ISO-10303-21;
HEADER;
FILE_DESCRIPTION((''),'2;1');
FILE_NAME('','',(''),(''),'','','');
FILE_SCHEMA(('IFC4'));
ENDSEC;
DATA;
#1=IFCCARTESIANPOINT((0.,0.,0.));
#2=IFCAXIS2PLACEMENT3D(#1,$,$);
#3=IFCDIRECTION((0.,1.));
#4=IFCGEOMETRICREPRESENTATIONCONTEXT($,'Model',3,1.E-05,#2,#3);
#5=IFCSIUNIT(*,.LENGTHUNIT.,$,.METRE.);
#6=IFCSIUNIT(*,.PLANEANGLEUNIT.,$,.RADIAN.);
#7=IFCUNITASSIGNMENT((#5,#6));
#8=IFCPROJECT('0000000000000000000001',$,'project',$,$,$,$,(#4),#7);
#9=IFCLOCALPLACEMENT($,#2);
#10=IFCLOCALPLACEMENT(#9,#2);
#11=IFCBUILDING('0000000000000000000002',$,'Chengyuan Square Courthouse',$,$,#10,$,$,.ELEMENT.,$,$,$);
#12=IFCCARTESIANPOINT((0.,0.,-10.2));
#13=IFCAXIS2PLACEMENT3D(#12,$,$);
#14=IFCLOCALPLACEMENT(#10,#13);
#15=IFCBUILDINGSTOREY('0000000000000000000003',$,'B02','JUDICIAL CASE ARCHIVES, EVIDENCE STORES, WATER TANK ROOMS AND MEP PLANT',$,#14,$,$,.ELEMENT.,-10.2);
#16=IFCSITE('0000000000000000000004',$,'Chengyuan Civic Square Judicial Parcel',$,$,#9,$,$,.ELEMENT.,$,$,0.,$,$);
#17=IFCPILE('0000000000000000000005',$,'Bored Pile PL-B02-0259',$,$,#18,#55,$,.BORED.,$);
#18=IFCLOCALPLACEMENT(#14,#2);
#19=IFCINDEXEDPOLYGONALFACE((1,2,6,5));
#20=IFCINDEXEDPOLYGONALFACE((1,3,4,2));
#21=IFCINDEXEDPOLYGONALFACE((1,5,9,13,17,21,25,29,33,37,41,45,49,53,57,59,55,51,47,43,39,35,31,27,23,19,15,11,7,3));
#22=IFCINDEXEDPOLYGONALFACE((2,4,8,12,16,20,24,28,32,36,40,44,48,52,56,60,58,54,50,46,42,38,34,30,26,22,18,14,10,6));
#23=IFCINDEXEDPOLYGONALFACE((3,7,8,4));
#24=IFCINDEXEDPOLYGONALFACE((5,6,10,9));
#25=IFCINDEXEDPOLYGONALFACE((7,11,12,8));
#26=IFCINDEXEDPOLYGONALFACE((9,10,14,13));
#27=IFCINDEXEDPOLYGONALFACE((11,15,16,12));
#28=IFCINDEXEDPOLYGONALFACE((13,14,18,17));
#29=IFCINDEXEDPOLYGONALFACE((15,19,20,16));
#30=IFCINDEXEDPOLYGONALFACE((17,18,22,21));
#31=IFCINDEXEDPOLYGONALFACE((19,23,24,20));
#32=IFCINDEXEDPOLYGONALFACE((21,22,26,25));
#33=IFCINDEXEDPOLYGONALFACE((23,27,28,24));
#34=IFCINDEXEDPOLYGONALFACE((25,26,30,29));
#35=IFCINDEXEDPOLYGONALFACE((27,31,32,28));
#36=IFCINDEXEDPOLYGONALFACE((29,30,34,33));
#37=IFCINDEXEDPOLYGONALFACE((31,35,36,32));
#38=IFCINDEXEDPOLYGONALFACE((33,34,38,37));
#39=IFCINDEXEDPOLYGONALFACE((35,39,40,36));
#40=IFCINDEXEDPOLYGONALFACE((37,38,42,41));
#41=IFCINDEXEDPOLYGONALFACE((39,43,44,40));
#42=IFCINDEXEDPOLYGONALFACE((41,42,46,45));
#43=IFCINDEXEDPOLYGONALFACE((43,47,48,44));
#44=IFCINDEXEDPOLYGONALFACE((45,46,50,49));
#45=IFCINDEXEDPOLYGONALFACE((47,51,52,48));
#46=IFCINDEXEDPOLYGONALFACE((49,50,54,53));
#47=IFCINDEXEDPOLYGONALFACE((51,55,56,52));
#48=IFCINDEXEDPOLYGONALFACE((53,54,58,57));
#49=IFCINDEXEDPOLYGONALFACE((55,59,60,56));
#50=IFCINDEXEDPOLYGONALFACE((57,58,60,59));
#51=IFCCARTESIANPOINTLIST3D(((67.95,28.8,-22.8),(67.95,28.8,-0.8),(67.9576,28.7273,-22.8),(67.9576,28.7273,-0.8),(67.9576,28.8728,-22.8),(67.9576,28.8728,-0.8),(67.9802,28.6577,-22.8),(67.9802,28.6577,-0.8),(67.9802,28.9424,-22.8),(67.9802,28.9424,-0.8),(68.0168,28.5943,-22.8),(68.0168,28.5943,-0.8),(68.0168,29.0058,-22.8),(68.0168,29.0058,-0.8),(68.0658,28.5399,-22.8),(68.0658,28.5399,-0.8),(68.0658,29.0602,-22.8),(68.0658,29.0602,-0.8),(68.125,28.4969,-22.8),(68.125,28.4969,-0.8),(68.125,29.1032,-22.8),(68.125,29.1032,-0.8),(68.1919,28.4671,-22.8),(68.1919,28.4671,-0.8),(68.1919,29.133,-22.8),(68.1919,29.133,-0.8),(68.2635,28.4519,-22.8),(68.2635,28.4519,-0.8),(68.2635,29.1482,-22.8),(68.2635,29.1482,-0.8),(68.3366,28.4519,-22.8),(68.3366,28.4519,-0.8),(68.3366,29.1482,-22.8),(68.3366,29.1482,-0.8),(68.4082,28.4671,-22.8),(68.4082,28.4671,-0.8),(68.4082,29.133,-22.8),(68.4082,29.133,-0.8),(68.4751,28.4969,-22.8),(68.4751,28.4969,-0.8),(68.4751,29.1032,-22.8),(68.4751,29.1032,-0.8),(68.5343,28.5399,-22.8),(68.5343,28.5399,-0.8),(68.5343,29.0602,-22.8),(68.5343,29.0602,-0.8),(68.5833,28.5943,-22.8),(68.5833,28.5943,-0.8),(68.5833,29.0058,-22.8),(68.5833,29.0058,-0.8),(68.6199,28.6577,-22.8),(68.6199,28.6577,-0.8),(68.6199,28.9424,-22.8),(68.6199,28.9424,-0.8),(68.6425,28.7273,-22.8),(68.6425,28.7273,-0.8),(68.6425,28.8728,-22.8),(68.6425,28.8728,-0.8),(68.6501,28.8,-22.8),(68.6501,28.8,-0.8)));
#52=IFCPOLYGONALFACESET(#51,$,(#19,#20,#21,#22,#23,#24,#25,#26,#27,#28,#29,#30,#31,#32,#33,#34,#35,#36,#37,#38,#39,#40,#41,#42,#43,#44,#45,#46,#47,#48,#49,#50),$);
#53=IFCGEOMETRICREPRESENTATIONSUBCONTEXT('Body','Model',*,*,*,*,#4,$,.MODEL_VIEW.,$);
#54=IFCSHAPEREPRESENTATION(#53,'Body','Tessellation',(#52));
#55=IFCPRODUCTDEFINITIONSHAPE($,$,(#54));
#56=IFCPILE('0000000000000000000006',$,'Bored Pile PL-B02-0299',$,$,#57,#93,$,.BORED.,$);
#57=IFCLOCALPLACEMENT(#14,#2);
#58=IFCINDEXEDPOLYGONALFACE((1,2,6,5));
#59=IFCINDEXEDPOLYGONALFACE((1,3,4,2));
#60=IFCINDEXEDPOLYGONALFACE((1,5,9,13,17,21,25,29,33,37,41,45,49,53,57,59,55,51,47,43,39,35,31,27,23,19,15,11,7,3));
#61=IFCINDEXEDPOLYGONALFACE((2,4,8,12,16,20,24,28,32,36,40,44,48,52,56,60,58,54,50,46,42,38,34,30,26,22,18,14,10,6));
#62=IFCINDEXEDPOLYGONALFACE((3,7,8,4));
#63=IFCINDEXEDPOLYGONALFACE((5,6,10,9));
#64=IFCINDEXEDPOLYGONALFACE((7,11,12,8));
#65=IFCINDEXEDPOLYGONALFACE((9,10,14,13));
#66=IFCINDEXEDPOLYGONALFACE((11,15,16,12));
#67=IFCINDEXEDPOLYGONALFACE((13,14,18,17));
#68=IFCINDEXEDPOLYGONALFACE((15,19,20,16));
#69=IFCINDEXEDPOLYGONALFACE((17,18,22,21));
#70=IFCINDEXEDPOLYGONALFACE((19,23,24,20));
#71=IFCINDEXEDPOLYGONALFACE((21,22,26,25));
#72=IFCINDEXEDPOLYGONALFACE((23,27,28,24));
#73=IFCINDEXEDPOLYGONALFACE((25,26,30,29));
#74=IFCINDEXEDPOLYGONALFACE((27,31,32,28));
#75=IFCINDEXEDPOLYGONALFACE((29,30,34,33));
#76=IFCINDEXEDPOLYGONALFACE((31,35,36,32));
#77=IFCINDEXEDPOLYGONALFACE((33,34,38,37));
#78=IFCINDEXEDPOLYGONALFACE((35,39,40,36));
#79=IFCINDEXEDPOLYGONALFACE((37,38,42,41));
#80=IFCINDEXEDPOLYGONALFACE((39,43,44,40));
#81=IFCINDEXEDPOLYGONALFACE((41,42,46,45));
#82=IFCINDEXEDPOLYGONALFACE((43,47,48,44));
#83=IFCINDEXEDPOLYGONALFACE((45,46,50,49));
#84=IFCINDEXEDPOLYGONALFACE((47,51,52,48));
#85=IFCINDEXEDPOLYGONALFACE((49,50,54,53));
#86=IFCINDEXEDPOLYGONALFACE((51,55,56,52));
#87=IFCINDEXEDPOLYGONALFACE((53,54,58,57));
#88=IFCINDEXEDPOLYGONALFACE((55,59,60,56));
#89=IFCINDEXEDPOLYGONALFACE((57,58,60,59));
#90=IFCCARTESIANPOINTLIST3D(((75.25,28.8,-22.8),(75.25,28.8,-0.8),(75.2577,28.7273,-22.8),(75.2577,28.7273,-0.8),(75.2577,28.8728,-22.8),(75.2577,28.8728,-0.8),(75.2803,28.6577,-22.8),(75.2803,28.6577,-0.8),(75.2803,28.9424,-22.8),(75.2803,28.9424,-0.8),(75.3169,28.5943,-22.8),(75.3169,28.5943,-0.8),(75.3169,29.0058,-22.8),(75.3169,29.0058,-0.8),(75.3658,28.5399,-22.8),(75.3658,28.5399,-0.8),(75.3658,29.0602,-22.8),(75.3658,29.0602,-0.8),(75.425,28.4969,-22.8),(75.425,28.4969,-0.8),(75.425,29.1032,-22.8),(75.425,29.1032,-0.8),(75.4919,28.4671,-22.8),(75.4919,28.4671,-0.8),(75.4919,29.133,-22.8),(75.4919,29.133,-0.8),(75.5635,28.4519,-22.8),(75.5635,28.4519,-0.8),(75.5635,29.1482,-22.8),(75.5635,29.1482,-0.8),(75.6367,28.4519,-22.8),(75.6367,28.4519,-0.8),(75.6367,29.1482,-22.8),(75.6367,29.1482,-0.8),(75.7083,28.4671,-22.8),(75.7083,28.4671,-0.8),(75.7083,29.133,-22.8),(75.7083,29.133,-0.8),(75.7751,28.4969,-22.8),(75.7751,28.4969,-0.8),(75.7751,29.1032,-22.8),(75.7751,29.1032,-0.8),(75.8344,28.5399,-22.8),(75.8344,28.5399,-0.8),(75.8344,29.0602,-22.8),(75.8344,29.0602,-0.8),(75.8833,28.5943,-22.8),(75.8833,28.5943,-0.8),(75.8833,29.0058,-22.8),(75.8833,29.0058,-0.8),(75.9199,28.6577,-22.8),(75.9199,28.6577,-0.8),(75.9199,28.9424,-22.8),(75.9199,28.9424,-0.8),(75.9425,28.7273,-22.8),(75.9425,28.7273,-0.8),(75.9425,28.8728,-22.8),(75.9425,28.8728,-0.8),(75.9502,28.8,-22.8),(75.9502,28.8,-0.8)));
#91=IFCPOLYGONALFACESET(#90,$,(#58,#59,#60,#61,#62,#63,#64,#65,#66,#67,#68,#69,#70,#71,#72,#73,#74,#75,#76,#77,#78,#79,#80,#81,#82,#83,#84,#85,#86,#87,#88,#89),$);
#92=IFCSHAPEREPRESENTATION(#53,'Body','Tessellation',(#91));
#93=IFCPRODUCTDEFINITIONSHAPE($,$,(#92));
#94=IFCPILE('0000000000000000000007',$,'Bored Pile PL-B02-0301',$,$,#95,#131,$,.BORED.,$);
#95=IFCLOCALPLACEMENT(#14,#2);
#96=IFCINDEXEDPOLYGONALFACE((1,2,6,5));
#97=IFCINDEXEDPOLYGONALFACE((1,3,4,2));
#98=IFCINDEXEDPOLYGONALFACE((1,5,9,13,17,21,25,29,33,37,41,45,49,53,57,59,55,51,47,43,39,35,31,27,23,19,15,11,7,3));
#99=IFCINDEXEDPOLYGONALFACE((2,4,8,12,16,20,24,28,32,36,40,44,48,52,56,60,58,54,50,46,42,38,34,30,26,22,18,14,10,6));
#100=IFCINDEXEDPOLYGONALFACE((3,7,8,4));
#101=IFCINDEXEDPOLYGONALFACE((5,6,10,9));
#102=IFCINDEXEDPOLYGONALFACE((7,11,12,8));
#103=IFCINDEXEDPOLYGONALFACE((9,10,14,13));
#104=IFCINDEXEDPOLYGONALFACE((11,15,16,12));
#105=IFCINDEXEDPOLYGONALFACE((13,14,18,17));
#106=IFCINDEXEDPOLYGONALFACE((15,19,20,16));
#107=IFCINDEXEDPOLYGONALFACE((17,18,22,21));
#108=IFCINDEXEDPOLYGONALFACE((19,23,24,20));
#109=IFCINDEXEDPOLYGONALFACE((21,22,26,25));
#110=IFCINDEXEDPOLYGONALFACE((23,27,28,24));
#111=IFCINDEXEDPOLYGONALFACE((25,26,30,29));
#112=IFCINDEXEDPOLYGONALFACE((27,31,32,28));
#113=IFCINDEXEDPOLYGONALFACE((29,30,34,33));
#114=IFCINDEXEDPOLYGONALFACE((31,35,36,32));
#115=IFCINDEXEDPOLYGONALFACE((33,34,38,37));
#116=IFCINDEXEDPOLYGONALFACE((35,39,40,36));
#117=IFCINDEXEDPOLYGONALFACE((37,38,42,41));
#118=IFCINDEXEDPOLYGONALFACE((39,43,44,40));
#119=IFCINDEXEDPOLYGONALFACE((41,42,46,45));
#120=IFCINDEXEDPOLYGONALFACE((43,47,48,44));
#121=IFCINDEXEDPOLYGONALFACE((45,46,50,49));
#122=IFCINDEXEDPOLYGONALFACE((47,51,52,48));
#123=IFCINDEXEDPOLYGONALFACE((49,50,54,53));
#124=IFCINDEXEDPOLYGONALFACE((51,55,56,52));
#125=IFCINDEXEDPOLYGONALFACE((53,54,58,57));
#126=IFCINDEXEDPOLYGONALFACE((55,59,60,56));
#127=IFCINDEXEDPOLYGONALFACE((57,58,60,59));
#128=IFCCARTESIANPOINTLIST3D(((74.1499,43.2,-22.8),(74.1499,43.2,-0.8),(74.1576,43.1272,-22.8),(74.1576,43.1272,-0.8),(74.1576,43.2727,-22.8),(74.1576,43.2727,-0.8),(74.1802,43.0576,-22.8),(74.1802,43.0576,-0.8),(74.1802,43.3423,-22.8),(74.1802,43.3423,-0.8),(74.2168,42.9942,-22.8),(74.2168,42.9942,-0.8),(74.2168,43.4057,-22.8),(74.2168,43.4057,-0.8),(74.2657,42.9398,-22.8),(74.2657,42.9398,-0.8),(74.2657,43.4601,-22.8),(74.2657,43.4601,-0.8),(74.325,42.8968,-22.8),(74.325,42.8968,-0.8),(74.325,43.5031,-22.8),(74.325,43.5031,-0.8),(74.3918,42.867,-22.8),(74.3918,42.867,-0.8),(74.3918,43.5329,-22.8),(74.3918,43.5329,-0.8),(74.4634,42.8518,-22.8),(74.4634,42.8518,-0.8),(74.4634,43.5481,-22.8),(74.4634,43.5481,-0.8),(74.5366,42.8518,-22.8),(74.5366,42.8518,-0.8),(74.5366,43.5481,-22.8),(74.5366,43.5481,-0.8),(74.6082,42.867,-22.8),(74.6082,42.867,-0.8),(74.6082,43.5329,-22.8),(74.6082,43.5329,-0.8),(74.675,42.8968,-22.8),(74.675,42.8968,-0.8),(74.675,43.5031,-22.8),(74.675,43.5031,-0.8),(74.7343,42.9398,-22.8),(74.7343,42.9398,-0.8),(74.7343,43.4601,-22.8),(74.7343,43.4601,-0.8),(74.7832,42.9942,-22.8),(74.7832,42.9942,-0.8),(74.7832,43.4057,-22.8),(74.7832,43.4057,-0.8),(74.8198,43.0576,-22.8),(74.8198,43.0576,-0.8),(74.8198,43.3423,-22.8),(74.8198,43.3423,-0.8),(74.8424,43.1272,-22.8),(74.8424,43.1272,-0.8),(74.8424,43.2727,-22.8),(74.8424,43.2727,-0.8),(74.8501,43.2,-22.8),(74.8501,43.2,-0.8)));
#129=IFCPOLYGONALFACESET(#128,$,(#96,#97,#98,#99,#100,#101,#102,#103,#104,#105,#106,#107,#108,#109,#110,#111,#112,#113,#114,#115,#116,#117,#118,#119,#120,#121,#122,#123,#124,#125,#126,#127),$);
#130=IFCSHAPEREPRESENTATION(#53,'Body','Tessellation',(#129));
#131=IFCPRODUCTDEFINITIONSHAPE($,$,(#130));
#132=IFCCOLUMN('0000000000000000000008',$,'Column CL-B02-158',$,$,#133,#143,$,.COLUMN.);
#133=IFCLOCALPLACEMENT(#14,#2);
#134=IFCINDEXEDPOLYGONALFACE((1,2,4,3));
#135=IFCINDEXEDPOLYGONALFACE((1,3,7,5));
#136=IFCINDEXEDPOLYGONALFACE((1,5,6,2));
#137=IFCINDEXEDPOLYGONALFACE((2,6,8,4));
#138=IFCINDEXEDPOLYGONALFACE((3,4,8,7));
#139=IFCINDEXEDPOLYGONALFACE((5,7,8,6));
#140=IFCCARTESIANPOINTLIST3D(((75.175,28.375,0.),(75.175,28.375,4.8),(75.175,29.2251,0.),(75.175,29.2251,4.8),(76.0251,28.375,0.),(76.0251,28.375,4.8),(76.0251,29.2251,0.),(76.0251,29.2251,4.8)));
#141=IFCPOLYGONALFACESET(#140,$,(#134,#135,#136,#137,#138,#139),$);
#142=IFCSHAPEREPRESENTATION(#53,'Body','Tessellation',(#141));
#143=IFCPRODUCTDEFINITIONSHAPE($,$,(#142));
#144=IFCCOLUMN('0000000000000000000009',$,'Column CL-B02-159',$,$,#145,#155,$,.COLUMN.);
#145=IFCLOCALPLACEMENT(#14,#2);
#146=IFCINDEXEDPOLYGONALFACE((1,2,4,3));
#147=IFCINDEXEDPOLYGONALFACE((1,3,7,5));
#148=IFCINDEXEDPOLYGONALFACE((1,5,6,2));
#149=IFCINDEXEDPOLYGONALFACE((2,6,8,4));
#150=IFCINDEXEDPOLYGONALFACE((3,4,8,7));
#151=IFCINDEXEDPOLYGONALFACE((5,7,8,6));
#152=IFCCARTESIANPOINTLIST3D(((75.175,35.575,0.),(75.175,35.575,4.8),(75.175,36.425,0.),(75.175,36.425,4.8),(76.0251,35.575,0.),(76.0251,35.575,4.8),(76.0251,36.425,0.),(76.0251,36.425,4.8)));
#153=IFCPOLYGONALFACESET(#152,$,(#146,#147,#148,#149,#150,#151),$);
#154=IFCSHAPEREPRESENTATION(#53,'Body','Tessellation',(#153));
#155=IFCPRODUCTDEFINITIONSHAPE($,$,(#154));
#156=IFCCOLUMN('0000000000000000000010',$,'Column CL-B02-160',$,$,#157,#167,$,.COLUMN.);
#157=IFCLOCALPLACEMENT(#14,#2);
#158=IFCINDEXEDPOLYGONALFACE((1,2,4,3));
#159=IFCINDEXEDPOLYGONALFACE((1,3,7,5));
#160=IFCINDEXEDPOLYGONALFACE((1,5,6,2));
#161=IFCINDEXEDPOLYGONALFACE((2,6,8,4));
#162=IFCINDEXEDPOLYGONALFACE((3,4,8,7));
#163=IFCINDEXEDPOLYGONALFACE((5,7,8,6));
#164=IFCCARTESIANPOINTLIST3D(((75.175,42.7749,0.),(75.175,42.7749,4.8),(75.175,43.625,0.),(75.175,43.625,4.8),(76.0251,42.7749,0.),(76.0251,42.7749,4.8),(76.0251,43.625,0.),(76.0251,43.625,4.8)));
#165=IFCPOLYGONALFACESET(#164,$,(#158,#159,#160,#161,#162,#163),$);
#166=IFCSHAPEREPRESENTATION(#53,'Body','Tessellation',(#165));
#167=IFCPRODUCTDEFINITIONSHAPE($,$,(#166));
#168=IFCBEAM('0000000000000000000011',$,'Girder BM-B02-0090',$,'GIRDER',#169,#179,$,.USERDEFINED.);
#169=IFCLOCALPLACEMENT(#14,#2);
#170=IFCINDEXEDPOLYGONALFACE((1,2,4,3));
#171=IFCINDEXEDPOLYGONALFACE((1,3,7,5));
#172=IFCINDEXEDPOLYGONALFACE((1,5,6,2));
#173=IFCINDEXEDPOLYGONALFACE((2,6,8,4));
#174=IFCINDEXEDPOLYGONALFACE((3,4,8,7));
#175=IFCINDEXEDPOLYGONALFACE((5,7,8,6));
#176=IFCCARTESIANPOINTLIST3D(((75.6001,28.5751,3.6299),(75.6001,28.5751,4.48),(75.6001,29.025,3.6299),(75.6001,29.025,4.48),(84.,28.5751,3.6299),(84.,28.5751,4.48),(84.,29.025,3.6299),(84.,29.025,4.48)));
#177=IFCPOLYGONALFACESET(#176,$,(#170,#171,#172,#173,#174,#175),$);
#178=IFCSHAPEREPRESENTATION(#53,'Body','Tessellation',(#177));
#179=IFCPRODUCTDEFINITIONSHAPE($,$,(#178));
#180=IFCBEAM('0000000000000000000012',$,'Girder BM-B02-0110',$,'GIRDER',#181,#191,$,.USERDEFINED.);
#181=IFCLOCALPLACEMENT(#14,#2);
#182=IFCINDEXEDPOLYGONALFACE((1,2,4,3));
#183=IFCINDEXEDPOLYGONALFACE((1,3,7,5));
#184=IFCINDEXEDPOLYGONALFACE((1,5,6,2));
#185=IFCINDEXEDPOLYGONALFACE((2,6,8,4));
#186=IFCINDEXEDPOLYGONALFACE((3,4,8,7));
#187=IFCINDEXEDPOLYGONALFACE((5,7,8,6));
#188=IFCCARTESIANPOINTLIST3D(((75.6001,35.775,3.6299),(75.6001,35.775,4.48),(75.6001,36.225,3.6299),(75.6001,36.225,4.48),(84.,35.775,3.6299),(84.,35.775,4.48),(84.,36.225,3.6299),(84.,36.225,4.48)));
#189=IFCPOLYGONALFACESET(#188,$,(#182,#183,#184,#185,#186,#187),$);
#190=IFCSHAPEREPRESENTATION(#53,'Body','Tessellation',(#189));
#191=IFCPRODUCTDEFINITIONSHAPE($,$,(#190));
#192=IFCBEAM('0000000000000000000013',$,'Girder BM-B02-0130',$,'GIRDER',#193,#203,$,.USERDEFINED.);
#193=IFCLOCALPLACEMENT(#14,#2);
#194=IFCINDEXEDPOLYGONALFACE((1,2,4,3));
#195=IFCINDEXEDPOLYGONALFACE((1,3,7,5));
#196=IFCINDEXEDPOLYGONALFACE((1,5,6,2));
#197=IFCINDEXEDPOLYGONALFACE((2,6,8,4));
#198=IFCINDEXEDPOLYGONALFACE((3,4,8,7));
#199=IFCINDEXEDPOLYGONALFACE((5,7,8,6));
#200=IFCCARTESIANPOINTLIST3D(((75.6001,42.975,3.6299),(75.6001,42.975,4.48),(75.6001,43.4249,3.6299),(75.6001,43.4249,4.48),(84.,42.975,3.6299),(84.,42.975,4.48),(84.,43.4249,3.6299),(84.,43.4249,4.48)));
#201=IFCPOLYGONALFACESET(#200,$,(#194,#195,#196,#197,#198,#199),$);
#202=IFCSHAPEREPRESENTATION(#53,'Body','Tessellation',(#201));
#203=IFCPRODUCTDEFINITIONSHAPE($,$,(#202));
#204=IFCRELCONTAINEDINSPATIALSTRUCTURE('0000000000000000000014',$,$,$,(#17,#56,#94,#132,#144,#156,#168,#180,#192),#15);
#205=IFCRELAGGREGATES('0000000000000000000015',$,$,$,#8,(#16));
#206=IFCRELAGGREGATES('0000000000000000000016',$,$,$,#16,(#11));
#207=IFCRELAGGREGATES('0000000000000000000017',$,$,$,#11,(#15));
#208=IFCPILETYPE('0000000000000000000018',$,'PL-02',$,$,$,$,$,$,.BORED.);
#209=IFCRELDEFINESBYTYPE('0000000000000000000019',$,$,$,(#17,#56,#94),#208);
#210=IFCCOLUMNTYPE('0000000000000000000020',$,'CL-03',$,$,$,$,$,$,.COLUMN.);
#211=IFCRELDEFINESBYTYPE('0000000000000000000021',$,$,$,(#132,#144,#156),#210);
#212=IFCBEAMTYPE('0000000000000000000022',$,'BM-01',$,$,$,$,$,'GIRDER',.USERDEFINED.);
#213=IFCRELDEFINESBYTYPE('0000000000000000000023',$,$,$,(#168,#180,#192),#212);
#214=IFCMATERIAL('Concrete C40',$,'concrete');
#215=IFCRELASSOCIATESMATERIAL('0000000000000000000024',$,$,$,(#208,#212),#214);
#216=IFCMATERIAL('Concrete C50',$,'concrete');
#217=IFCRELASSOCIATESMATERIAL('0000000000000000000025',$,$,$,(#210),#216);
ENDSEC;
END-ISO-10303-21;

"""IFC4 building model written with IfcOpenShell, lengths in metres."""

from ifc_helpers import new_model, si_unit, direction, frame, origin, origin_2d, place, context, subcontext, project, spatial, rectangle, circle, extrude, material, material_profile, profile_set, type_object, element, save


model = new_model("IFC4")

# Units and contexts
model_context = context("Model", 3, precision=1e-05, world=origin(), true_north=direction((0.0, 1.0)))
body_context = subcontext(model_context, "Body", "Model", "MODEL_VIEW")
ifc_project = project(units=[si_unit("LENGTHUNIT", "METRE"), si_unit("PLANEANGLEUNIT", "RADIAN")], contexts=[model_context])

# Site, building, storey
site_placement = place(None, origin())
site = spatial("IfcSite", under=ifc_project, at=site_placement, Name="Chengyuan Civic Square Judicial Parcel", CompositionType="ELEMENT", RefElevation=0.0)
building_placement = place(site_placement, origin())
building = spatial("IfcBuilding", under=site, at=building_placement, Name="Chengyuan Square Courthouse", CompositionType="ELEMENT")
storey_placement = place(building_placement, frame((0.0, 0.0, -10.2)))
storey = spatial("IfcBuildingStorey", under=building, at=storey_placement, Name="B02", Description="JUDICIAL CASE ARCHIVES, EVIDENCE STORES, WATER TANK ROOMS AND MEP PLANT", CompositionType="ELEMENT", Elevation=-10.2)

# Shared definitions
ifc_material_1 = material(Name="Concrete C40", Category="concrete")

# Piles
ifc_material_profile_1 = material_profile(ifc_material_1, circle(Radius=0.3501, at=origin_2d()), Name="BORED PILE D700")
ifc_profile_set_1 = profile_set([ifc_material_profile_1], Name="Concrete C40")
pile_type_1 = type_object("IfcPileType", Name="PL-02", PredefinedType="BORED", material=ifc_profile_set_1)
for number, where, z_axis, x_axis, name in (
    (1, (68.3, 28.8, -0.8), (0.0, 0.0, -1.0), (1.0, 0.0, 0.0), "Bored Pile PL-B02-0259"),
    (2, (75.6001, 28.8, -0.8), (0.0, 0.0, -1.0), (1.0, 0.0, 0.0), "Bored Pile PL-B02-0299"),
    (3, (74.5, 43.2, -0.8), (0.0, 0.0, -1.0), (1.0, 0.0, 0.0), "Bored Pile PL-B02-0301"),
):
    element("IfcPile", number, at=place(storey_placement, frame(where, z_axis=z_axis, x_axis=x_axis)), inside=storey, type_object=pile_type_1, Name=name, PredefinedType="BORED", context=body_context, shape_type="SweptSolid", body=[
        extrude(circle(Radius=0.3501, at=origin_2d()), origin(), (0.0, 0.0, 1.0), 22.0),
    ])

# Columns
ifc_material_2 = material(Name="Concrete C50", Category="concrete")
ifc_material_profile_2 = material_profile(ifc_material_2, rectangle(XDim=0.8501, YDim=0.8501, at=origin_2d()), Name="RC-COL-850x850")
ifc_profile_set_2 = profile_set([ifc_material_profile_2], Name="Concrete C50")
column_type = type_object("IfcColumnType", Name="CL-03", PredefinedType="COLUMN", material=ifc_profile_set_2)
for number, where, z_axis, x_axis, name in (
    (4, (75.6001, 28.8, 0.0), (0.0, 0.0, 1.0), (1.0, 0.0, 0.0), "Column CL-B02-158"),
    (5, (75.6001, 36.0, 0.0), (0.0, 0.0, 1.0), (1.0, 0.0, 0.0), "Column CL-B02-159"),
    (6, (75.6001, 43.2, 0.0), (0.0, 0.0, 1.0), (1.0, 0.0, 0.0), "Column CL-B02-160"),
):
    element("IfcColumn", number, at=place(storey_placement, frame(where, z_axis=z_axis, x_axis=x_axis)), inside=storey, type_object=column_type, Name=name, PredefinedType="COLUMN", context=body_context, shape_type="SweptSolid", body=[
        extrude(rectangle(XDim=0.8501, YDim=0.8501, at=origin_2d()), origin(), (0.0, 0.0, 1.0), 4.8),
    ])

# Beams
ifc_material_profile_3 = material_profile(ifc_material_1, rectangle(XDim=0.45, YDim=0.8501, at=origin_2d()), Name="RC-BM-450x850")
ifc_profile_set_3 = profile_set([ifc_material_profile_3], Name="Concrete C40")
beam_type_1 = type_object("IfcBeamType", Name="BM-01", ElementType="GIRDER", PredefinedType="USERDEFINED", material=ifc_profile_set_3)
for number, where, z_axis, x_axis, name in (
    (7, (75.6001, 28.8, 4.0549), (1.0, 0.0, 0.0), (0.0, 1.0, 0.0), "Girder BM-B02-0090"),
    (8, (75.6001, 36.0, 4.0549), (1.0, 0.0, 0.0), (0.0, 1.0, 0.0), "Girder BM-B02-0110"),
    (9, (75.6001, 43.2, 4.0549), (1.0, 0.0, 0.0), (0.0, 1.0, 0.0), "Girder BM-B02-0130"),
):
    element("IfcBeam", number, at=place(storey_placement, frame(where, z_axis=z_axis, x_axis=x_axis)), inside=storey, type_object=beam_type_1, Name=name, ObjectType="GIRDER", PredefinedType="USERDEFINED", context=body_context, shape_type="SweptSolid", body=[
        extrude(rectangle(XDim=0.45, YDim=0.8501, at=origin_2d()), origin(), (0.0, 0.0, 1.0), 8.3999),
    ])

save(model, "model.ifc")
